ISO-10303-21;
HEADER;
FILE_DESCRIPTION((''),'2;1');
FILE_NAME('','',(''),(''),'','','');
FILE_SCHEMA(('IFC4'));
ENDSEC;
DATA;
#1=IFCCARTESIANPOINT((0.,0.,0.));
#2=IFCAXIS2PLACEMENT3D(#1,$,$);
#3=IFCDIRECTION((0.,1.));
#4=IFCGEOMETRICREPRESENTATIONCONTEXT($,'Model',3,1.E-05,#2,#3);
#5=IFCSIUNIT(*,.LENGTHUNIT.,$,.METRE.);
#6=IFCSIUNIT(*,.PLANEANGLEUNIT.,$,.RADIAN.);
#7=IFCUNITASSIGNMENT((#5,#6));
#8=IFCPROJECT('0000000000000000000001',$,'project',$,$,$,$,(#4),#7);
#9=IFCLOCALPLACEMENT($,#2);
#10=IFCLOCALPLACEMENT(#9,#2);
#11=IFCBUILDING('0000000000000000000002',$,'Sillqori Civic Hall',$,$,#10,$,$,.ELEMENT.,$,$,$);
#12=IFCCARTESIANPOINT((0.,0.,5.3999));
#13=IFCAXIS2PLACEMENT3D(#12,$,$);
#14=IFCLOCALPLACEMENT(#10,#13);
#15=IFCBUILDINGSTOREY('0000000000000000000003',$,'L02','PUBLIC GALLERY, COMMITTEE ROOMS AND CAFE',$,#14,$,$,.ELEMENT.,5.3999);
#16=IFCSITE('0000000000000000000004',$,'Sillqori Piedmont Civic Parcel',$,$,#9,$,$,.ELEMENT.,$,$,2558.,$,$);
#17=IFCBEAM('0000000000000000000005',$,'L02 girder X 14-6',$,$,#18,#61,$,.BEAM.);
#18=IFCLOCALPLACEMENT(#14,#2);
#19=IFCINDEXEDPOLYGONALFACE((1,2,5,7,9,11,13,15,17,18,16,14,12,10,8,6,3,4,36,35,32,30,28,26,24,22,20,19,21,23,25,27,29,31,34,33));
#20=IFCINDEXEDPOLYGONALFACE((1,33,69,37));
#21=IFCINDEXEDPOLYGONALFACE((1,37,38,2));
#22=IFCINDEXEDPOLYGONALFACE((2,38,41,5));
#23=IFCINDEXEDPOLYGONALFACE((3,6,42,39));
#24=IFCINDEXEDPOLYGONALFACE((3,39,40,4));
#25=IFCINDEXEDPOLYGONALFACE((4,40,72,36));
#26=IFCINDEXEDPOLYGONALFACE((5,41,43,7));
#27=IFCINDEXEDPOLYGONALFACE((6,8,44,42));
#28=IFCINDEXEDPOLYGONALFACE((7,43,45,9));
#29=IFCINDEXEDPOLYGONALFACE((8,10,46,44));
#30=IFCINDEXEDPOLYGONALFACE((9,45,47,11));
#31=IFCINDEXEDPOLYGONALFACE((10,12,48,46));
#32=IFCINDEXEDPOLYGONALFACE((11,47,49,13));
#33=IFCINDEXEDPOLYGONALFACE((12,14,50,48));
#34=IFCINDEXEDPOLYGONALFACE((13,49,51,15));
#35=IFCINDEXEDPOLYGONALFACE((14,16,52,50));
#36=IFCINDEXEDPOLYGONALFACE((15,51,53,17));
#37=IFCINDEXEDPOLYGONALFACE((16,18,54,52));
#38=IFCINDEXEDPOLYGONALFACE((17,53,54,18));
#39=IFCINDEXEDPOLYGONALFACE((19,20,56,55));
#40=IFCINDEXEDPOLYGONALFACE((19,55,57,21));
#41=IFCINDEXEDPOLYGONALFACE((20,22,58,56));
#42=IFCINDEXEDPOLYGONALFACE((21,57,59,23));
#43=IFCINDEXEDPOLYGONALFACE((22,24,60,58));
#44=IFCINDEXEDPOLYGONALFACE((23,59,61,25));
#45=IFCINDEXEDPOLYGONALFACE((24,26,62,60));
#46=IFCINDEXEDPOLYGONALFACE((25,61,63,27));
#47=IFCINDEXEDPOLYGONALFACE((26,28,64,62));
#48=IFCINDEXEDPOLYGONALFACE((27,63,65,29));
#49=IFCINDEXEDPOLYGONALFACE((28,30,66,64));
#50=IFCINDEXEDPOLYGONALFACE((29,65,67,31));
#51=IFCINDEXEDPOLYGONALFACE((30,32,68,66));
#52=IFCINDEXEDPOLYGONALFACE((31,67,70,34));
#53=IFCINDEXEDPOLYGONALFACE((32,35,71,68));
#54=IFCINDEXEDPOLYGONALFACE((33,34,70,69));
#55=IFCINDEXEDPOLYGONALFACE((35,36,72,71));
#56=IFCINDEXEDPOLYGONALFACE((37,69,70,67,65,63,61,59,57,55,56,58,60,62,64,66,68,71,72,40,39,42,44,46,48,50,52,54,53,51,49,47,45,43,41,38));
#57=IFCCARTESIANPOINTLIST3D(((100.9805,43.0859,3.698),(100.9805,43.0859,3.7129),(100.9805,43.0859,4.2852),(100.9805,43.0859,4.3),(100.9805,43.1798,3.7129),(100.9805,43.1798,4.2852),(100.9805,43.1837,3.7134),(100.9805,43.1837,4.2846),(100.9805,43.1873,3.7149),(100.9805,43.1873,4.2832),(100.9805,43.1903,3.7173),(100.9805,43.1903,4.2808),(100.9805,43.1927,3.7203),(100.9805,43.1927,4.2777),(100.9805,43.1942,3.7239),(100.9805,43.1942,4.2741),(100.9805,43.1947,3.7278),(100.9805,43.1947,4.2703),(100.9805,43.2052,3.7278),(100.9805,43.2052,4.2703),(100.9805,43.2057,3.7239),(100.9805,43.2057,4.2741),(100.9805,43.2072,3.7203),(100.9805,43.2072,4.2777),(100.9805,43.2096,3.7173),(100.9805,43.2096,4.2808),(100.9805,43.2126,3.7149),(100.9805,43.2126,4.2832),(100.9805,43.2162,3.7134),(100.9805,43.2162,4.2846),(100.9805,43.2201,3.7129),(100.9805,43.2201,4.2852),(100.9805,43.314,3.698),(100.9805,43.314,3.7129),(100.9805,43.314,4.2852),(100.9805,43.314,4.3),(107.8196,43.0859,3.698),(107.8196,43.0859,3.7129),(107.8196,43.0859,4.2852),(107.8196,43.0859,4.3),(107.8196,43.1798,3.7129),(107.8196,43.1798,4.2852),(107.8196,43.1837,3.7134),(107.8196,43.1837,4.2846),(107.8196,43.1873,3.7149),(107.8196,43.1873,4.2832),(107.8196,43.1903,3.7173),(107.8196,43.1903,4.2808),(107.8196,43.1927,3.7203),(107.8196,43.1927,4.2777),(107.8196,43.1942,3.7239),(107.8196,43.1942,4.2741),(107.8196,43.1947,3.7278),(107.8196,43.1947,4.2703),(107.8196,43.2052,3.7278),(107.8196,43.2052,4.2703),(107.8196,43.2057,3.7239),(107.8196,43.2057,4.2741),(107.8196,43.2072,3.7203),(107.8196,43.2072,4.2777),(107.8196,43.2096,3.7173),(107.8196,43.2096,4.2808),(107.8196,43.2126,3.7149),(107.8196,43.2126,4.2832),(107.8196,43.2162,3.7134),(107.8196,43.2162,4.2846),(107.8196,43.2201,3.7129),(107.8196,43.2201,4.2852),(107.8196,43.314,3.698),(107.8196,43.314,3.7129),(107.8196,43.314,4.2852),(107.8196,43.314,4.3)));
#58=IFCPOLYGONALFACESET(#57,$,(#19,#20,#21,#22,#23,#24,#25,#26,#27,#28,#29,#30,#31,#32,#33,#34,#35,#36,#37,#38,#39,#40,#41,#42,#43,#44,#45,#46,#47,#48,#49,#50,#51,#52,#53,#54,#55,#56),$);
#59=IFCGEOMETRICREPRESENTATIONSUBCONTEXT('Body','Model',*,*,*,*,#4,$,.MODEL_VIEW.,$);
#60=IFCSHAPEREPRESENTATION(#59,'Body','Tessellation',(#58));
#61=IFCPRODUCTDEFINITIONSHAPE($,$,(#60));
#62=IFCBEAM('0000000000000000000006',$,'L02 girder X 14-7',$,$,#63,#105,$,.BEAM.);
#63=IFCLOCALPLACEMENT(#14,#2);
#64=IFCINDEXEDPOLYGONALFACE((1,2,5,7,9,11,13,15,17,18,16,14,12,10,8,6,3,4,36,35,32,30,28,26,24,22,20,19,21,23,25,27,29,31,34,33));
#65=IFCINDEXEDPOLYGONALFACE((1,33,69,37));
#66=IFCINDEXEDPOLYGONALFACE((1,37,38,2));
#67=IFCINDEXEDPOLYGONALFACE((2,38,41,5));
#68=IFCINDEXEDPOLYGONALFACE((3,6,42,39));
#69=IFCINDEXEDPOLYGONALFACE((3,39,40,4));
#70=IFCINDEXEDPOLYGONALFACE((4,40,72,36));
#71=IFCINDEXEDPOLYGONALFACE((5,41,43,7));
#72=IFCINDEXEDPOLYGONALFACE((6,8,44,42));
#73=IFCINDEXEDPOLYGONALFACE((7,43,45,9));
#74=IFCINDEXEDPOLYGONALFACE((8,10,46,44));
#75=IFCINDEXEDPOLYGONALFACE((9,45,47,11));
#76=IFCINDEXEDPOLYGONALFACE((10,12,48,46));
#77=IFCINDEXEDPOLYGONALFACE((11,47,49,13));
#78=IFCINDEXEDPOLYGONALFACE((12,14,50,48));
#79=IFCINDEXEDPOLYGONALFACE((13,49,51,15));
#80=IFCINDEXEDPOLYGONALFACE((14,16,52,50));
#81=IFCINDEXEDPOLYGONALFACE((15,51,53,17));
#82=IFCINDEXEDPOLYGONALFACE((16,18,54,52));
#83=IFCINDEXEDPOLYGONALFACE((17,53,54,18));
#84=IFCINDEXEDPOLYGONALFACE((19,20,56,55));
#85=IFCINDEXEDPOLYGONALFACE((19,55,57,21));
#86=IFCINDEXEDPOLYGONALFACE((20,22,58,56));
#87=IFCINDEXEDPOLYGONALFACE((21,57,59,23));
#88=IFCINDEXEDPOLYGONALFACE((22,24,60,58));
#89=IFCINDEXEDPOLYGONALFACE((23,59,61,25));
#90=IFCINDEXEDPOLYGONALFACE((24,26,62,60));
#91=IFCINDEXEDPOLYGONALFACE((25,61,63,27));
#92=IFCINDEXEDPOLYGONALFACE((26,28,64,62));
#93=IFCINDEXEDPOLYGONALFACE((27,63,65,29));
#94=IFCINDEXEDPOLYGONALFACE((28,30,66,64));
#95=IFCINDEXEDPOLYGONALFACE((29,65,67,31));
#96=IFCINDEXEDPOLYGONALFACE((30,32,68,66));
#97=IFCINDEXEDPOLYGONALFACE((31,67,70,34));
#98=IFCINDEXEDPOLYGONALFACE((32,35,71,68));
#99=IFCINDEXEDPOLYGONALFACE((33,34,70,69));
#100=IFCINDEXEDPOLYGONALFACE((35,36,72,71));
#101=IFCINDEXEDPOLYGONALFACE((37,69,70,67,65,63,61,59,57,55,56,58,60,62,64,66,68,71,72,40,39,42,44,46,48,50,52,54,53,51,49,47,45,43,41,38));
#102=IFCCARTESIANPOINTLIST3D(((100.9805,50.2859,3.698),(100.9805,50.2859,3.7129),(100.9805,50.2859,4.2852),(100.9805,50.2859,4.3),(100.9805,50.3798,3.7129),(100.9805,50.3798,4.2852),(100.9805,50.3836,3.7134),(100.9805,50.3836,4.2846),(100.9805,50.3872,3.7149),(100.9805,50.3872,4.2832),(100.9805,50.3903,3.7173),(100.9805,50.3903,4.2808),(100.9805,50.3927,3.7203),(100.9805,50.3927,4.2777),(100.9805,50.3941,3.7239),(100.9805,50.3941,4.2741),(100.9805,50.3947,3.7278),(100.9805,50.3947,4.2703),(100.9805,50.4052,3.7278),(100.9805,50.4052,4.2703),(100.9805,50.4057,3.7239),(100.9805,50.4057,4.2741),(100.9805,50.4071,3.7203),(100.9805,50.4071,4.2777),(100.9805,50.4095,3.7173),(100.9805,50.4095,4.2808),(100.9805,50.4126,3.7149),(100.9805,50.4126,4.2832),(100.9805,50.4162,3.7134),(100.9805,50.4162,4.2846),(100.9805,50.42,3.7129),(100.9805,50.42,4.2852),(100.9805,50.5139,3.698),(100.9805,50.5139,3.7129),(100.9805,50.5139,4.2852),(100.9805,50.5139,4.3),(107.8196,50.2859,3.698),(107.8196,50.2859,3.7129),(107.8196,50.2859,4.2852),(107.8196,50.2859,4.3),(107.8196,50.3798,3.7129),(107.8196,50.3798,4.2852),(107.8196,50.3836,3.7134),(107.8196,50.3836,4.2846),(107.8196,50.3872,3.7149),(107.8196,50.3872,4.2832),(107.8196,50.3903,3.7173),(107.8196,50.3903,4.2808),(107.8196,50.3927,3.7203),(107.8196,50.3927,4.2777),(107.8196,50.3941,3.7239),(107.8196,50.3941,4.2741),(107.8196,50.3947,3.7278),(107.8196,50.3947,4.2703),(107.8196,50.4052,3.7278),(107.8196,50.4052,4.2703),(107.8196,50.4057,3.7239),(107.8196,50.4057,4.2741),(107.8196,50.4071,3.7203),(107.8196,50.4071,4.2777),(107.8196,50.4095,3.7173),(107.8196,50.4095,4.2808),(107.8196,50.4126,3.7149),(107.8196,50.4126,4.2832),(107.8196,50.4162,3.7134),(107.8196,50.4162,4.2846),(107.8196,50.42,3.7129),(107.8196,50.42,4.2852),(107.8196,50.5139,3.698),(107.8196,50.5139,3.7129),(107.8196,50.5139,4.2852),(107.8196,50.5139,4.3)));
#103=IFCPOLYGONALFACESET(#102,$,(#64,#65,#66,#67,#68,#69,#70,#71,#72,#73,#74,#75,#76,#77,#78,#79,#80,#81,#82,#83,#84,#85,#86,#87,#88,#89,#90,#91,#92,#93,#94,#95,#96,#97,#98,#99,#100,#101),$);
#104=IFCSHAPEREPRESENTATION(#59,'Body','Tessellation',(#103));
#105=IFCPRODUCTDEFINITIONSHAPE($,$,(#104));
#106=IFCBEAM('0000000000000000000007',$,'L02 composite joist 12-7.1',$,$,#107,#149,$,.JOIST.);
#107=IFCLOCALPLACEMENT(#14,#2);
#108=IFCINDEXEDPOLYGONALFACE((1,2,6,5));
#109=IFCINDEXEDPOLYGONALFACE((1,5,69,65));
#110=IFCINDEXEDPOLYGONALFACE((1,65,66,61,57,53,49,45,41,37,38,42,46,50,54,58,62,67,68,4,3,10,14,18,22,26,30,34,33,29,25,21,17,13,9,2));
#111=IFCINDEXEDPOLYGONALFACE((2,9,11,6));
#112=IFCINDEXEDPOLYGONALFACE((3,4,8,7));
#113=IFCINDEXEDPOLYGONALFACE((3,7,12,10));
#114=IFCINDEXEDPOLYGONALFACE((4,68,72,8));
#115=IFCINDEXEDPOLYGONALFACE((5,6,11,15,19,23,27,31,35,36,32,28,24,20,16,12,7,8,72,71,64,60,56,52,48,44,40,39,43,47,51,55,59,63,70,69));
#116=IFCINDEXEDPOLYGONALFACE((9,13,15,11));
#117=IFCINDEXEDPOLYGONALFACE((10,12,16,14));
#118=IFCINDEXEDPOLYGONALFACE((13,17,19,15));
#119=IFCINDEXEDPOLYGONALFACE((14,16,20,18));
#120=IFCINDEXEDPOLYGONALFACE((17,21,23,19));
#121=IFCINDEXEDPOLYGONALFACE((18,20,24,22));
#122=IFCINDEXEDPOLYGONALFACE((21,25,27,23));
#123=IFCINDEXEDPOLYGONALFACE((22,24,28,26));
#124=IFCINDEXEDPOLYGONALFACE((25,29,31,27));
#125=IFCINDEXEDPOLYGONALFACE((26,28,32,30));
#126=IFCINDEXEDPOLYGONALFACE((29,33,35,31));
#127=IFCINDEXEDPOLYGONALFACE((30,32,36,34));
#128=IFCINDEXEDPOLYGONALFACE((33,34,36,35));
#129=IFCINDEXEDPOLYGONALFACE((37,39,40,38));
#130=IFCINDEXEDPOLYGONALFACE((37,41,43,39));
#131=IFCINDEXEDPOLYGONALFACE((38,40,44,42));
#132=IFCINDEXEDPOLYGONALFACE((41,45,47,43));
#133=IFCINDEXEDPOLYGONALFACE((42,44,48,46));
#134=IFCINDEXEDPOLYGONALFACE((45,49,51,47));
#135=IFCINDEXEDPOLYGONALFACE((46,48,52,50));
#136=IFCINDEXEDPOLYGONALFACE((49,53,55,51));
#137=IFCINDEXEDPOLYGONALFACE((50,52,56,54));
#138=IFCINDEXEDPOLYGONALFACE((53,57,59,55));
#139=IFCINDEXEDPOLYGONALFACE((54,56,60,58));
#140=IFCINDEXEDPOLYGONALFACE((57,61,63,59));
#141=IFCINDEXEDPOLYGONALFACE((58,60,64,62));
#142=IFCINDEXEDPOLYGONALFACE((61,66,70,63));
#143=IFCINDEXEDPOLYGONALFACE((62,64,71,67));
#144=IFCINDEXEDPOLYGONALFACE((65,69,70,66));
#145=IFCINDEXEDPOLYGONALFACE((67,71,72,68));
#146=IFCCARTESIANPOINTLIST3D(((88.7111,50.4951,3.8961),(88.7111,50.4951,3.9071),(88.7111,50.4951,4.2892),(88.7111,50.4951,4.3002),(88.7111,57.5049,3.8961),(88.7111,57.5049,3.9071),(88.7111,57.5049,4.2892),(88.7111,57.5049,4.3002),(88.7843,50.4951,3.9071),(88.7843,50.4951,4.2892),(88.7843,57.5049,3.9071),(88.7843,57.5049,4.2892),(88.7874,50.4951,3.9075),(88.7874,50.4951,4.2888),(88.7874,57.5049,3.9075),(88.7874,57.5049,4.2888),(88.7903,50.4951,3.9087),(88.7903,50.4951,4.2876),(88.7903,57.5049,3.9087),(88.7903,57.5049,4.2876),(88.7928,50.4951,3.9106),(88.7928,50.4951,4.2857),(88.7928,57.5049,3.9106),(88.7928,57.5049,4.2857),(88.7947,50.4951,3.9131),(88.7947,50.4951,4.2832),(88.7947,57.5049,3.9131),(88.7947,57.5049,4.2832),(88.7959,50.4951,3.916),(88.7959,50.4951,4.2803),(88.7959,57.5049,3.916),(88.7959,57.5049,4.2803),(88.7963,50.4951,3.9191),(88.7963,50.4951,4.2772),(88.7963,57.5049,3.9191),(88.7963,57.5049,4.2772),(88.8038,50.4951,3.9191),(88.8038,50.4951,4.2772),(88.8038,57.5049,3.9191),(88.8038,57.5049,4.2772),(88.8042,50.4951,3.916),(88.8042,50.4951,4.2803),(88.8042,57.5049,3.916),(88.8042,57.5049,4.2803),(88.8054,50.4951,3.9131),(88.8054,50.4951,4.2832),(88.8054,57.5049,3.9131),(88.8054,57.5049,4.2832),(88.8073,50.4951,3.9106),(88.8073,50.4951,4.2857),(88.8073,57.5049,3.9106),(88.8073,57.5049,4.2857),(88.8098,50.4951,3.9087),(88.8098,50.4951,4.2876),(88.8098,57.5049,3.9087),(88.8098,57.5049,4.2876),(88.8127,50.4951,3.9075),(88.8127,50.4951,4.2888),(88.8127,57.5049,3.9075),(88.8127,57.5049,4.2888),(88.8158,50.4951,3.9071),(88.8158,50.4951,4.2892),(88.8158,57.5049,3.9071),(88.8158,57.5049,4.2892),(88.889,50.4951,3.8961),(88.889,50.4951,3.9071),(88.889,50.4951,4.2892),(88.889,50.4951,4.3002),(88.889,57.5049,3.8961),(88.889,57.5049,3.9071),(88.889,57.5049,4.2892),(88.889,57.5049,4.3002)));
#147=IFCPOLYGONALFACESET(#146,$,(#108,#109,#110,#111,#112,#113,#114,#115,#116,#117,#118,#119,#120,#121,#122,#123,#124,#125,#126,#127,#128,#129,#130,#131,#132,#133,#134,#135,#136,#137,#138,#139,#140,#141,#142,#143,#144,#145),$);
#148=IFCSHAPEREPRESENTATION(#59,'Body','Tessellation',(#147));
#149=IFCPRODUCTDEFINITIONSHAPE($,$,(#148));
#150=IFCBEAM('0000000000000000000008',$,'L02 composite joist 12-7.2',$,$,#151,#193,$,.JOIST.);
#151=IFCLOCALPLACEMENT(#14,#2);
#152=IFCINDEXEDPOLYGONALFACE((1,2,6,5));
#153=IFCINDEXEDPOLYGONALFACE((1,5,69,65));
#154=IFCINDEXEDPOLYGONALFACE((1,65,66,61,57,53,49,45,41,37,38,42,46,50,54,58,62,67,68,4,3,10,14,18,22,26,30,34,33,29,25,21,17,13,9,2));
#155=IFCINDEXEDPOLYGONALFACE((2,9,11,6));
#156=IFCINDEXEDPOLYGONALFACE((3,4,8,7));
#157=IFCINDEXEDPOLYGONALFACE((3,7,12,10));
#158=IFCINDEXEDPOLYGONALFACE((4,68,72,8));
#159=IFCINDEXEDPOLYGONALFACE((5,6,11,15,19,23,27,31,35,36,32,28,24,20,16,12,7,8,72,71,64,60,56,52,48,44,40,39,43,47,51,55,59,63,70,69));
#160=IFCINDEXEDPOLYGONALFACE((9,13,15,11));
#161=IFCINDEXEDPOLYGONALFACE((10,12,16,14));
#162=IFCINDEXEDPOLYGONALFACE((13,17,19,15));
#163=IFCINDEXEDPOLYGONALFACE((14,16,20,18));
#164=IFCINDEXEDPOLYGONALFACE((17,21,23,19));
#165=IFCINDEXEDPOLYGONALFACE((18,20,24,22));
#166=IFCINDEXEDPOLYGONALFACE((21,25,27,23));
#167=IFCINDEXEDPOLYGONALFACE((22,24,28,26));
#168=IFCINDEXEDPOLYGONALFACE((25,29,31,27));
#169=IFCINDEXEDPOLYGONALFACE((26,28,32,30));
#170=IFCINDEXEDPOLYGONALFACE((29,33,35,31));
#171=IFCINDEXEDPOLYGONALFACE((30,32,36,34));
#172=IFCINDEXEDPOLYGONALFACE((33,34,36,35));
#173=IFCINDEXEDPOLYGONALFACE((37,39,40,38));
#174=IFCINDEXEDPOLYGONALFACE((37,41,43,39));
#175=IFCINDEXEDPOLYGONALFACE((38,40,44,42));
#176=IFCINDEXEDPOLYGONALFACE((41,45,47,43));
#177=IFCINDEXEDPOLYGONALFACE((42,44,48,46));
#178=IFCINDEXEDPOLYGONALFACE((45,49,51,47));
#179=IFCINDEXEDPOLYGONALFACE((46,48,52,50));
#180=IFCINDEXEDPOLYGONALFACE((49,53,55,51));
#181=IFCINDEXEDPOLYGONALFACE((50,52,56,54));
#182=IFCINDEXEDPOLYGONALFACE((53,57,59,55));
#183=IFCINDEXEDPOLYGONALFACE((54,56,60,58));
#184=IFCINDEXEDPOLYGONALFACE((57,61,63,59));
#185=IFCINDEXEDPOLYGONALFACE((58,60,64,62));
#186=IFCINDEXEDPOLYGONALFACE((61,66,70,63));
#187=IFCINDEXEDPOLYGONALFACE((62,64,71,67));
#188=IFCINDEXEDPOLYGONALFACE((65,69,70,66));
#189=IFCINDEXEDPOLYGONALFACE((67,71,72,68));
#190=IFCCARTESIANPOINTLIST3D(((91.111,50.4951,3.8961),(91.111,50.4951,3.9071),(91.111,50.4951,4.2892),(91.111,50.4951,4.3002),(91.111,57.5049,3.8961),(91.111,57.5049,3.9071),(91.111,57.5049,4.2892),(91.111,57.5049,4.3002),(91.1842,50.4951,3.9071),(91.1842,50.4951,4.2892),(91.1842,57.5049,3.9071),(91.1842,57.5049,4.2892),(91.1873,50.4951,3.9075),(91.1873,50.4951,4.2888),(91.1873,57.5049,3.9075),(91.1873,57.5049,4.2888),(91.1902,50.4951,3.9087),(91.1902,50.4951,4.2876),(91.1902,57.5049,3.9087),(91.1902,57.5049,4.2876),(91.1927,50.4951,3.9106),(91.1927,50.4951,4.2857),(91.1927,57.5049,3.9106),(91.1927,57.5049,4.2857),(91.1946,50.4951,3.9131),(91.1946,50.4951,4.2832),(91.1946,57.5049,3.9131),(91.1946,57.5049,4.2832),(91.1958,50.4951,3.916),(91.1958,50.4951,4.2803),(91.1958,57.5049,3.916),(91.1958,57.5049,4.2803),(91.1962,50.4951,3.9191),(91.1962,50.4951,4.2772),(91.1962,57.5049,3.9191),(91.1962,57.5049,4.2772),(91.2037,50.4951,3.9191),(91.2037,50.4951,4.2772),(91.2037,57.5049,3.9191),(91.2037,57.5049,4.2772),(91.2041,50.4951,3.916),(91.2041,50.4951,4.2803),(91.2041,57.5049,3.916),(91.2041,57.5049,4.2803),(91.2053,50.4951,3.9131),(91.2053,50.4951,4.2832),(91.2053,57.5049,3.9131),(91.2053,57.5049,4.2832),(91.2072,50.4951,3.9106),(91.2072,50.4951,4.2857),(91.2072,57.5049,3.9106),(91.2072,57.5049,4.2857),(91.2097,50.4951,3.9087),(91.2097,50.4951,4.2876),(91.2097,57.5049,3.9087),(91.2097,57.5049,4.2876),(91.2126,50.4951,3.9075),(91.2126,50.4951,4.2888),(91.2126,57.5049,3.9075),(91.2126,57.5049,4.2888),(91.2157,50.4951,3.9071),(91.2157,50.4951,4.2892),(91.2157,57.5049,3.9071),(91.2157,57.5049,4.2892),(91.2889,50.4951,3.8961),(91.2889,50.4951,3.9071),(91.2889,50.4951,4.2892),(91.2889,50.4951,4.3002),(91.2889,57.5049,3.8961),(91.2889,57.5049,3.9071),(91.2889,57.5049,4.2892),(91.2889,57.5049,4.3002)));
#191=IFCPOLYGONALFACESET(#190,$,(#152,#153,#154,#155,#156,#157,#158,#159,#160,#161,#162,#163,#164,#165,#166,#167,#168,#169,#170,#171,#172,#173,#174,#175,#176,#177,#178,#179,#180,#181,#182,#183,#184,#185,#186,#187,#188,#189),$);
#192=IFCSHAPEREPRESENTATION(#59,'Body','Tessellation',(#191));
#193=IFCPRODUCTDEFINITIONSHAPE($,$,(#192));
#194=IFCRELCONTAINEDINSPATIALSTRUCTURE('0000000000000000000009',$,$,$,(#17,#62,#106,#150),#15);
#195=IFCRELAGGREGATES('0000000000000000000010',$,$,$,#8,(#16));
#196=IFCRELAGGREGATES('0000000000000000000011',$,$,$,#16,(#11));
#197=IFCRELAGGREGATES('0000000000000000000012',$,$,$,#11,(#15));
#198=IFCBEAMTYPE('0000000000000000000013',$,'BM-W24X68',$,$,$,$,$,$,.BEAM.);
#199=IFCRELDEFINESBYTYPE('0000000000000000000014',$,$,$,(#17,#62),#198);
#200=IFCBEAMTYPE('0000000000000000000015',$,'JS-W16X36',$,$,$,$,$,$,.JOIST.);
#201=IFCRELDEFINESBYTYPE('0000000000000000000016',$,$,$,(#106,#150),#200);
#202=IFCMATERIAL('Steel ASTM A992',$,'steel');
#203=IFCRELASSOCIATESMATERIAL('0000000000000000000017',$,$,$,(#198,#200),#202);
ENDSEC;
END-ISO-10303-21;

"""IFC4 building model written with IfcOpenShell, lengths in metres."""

from ifc_helpers import new_model, si_unit, direction, frame, origin, origin_2d, place, context, subcontext, project, spatial, i_section, extrude, material, material_profile, profile_set, type_object, element, save


model = new_model("IFC4")

# Units and contexts
model_context = context("Model", 3, precision=1e-05, world=origin(), true_north=direction((0.0, 1.0)))
body_context = subcontext(model_context, "Body", "Model", "MODEL_VIEW")
ifc_project = project(units=[si_unit("LENGTHUNIT", "METRE"), si_unit("PLANEANGLEUNIT", "RADIAN")], contexts=[model_context])

# Site, building, storey
site_placement = place(None, origin())
site = spatial("IfcSite", under=ifc_project, at=site_placement, Name="Sillqori Piedmont Civic Parcel", CompositionType="ELEMENT", RefElevation=2558.0)
building_placement = place(site_placement, origin())
building = spatial("IfcBuilding", under=site, at=building_placement, Name="Sillqori Civic Hall", CompositionType="ELEMENT")
storey_placement = place(building_placement, frame((0.0, 0.0, 5.3999)))
storey = spatial("IfcBuildingStorey", under=building, at=storey_placement, Name="L02", Description="PUBLIC GALLERY, COMMITTEE ROOMS AND CAFE", CompositionType="ELEMENT", Elevation=5.3999)

# Shared definitions
ifc_material_1 = material(Name="Steel ASTM A992", Category="steel")

# Beams
ifc_material_profile_1 = material_profile(ifc_material_1, i_section(OverallWidth=0.228, OverallDepth=0.6021, WebThickness=0.0105, FlangeThickness=0.0149, FilletRadius=0.0149, at=origin_2d()), Name="W24X68")
ifc_profile_set_1 = profile_set([ifc_material_profile_1], Name="Steel ASTM A992")
beam_type_1 = type_object("IfcBeamType", Name="BM-W24X68", PredefinedType="BEAM", material=ifc_profile_set_1)
for number, where, z_axis, x_axis, name in (
    (1, (100.9805, 43.2, 3.999), (1.0, 0.0, 0.0), (0.0, 1.0, 0.0), "L02 girder X 14-6"),
    (2, (100.9805, 50.3999, 3.999), (1.0, 0.0, 0.0), (0.0, 1.0, 0.0), "L02 girder X 14-7"),
):
    element("IfcBeam", number, at=place(storey_placement, frame(where, z_axis=z_axis, x_axis=x_axis)), inside=storey, type_object=beam_type_1, Name=name, PredefinedType="BEAM", context=body_context, shape_type="SweptSolid", body=[
        extrude(i_section(OverallWidth=0.228, OverallDepth=0.6021, WebThickness=0.0105, FlangeThickness=0.0149, FilletRadius=0.0149, at=origin_2d()), origin(), (0.0, 0.0, 1.0), 6.8391),
    ])
ifc_material_profile_2 = material_profile(ifc_material_1, i_section(OverallWidth=0.178, OverallDepth=0.4041, WebThickness=0.0076, FlangeThickness=0.011, FilletRadius=0.012, at=origin_2d()), Name="W16X36")
ifc_profile_set_2 = profile_set([ifc_material_profile_2], Name="Steel ASTM A992")
beam_type_2 = type_object("IfcBeamType", Name="JS-W16X36", PredefinedType="JOIST", material=ifc_profile_set_2)
for number, where, z_axis, x_axis, name in (
    (3, (88.8, 50.4951, 4.0981), (0.0, 1.0, 0.0), (-1.0, 0.0, 0.0), "L02 composite joist 12-7.1"),
    (4, (91.2, 50.4951, 4.0981), (0.0, 1.0, 0.0), (-1.0, 0.0, 0.0), "L02 composite joist 12-7.2"),
):
    element("IfcBeam", number, at=place(storey_placement, frame(where, z_axis=z_axis, x_axis=x_axis)), inside=storey, type_object=beam_type_2, Name=name, PredefinedType="JOIST", context=body_context, shape_type="SweptSolid", body=[
        extrude(i_section(OverallWidth=0.178, OverallDepth=0.4041, WebThickness=0.0076, FlangeThickness=0.011, FilletRadius=0.012, at=origin_2d()), origin(), (0.0, 0.0, 1.0), 7.0098),
    ])

save(model, "model.ifc")
